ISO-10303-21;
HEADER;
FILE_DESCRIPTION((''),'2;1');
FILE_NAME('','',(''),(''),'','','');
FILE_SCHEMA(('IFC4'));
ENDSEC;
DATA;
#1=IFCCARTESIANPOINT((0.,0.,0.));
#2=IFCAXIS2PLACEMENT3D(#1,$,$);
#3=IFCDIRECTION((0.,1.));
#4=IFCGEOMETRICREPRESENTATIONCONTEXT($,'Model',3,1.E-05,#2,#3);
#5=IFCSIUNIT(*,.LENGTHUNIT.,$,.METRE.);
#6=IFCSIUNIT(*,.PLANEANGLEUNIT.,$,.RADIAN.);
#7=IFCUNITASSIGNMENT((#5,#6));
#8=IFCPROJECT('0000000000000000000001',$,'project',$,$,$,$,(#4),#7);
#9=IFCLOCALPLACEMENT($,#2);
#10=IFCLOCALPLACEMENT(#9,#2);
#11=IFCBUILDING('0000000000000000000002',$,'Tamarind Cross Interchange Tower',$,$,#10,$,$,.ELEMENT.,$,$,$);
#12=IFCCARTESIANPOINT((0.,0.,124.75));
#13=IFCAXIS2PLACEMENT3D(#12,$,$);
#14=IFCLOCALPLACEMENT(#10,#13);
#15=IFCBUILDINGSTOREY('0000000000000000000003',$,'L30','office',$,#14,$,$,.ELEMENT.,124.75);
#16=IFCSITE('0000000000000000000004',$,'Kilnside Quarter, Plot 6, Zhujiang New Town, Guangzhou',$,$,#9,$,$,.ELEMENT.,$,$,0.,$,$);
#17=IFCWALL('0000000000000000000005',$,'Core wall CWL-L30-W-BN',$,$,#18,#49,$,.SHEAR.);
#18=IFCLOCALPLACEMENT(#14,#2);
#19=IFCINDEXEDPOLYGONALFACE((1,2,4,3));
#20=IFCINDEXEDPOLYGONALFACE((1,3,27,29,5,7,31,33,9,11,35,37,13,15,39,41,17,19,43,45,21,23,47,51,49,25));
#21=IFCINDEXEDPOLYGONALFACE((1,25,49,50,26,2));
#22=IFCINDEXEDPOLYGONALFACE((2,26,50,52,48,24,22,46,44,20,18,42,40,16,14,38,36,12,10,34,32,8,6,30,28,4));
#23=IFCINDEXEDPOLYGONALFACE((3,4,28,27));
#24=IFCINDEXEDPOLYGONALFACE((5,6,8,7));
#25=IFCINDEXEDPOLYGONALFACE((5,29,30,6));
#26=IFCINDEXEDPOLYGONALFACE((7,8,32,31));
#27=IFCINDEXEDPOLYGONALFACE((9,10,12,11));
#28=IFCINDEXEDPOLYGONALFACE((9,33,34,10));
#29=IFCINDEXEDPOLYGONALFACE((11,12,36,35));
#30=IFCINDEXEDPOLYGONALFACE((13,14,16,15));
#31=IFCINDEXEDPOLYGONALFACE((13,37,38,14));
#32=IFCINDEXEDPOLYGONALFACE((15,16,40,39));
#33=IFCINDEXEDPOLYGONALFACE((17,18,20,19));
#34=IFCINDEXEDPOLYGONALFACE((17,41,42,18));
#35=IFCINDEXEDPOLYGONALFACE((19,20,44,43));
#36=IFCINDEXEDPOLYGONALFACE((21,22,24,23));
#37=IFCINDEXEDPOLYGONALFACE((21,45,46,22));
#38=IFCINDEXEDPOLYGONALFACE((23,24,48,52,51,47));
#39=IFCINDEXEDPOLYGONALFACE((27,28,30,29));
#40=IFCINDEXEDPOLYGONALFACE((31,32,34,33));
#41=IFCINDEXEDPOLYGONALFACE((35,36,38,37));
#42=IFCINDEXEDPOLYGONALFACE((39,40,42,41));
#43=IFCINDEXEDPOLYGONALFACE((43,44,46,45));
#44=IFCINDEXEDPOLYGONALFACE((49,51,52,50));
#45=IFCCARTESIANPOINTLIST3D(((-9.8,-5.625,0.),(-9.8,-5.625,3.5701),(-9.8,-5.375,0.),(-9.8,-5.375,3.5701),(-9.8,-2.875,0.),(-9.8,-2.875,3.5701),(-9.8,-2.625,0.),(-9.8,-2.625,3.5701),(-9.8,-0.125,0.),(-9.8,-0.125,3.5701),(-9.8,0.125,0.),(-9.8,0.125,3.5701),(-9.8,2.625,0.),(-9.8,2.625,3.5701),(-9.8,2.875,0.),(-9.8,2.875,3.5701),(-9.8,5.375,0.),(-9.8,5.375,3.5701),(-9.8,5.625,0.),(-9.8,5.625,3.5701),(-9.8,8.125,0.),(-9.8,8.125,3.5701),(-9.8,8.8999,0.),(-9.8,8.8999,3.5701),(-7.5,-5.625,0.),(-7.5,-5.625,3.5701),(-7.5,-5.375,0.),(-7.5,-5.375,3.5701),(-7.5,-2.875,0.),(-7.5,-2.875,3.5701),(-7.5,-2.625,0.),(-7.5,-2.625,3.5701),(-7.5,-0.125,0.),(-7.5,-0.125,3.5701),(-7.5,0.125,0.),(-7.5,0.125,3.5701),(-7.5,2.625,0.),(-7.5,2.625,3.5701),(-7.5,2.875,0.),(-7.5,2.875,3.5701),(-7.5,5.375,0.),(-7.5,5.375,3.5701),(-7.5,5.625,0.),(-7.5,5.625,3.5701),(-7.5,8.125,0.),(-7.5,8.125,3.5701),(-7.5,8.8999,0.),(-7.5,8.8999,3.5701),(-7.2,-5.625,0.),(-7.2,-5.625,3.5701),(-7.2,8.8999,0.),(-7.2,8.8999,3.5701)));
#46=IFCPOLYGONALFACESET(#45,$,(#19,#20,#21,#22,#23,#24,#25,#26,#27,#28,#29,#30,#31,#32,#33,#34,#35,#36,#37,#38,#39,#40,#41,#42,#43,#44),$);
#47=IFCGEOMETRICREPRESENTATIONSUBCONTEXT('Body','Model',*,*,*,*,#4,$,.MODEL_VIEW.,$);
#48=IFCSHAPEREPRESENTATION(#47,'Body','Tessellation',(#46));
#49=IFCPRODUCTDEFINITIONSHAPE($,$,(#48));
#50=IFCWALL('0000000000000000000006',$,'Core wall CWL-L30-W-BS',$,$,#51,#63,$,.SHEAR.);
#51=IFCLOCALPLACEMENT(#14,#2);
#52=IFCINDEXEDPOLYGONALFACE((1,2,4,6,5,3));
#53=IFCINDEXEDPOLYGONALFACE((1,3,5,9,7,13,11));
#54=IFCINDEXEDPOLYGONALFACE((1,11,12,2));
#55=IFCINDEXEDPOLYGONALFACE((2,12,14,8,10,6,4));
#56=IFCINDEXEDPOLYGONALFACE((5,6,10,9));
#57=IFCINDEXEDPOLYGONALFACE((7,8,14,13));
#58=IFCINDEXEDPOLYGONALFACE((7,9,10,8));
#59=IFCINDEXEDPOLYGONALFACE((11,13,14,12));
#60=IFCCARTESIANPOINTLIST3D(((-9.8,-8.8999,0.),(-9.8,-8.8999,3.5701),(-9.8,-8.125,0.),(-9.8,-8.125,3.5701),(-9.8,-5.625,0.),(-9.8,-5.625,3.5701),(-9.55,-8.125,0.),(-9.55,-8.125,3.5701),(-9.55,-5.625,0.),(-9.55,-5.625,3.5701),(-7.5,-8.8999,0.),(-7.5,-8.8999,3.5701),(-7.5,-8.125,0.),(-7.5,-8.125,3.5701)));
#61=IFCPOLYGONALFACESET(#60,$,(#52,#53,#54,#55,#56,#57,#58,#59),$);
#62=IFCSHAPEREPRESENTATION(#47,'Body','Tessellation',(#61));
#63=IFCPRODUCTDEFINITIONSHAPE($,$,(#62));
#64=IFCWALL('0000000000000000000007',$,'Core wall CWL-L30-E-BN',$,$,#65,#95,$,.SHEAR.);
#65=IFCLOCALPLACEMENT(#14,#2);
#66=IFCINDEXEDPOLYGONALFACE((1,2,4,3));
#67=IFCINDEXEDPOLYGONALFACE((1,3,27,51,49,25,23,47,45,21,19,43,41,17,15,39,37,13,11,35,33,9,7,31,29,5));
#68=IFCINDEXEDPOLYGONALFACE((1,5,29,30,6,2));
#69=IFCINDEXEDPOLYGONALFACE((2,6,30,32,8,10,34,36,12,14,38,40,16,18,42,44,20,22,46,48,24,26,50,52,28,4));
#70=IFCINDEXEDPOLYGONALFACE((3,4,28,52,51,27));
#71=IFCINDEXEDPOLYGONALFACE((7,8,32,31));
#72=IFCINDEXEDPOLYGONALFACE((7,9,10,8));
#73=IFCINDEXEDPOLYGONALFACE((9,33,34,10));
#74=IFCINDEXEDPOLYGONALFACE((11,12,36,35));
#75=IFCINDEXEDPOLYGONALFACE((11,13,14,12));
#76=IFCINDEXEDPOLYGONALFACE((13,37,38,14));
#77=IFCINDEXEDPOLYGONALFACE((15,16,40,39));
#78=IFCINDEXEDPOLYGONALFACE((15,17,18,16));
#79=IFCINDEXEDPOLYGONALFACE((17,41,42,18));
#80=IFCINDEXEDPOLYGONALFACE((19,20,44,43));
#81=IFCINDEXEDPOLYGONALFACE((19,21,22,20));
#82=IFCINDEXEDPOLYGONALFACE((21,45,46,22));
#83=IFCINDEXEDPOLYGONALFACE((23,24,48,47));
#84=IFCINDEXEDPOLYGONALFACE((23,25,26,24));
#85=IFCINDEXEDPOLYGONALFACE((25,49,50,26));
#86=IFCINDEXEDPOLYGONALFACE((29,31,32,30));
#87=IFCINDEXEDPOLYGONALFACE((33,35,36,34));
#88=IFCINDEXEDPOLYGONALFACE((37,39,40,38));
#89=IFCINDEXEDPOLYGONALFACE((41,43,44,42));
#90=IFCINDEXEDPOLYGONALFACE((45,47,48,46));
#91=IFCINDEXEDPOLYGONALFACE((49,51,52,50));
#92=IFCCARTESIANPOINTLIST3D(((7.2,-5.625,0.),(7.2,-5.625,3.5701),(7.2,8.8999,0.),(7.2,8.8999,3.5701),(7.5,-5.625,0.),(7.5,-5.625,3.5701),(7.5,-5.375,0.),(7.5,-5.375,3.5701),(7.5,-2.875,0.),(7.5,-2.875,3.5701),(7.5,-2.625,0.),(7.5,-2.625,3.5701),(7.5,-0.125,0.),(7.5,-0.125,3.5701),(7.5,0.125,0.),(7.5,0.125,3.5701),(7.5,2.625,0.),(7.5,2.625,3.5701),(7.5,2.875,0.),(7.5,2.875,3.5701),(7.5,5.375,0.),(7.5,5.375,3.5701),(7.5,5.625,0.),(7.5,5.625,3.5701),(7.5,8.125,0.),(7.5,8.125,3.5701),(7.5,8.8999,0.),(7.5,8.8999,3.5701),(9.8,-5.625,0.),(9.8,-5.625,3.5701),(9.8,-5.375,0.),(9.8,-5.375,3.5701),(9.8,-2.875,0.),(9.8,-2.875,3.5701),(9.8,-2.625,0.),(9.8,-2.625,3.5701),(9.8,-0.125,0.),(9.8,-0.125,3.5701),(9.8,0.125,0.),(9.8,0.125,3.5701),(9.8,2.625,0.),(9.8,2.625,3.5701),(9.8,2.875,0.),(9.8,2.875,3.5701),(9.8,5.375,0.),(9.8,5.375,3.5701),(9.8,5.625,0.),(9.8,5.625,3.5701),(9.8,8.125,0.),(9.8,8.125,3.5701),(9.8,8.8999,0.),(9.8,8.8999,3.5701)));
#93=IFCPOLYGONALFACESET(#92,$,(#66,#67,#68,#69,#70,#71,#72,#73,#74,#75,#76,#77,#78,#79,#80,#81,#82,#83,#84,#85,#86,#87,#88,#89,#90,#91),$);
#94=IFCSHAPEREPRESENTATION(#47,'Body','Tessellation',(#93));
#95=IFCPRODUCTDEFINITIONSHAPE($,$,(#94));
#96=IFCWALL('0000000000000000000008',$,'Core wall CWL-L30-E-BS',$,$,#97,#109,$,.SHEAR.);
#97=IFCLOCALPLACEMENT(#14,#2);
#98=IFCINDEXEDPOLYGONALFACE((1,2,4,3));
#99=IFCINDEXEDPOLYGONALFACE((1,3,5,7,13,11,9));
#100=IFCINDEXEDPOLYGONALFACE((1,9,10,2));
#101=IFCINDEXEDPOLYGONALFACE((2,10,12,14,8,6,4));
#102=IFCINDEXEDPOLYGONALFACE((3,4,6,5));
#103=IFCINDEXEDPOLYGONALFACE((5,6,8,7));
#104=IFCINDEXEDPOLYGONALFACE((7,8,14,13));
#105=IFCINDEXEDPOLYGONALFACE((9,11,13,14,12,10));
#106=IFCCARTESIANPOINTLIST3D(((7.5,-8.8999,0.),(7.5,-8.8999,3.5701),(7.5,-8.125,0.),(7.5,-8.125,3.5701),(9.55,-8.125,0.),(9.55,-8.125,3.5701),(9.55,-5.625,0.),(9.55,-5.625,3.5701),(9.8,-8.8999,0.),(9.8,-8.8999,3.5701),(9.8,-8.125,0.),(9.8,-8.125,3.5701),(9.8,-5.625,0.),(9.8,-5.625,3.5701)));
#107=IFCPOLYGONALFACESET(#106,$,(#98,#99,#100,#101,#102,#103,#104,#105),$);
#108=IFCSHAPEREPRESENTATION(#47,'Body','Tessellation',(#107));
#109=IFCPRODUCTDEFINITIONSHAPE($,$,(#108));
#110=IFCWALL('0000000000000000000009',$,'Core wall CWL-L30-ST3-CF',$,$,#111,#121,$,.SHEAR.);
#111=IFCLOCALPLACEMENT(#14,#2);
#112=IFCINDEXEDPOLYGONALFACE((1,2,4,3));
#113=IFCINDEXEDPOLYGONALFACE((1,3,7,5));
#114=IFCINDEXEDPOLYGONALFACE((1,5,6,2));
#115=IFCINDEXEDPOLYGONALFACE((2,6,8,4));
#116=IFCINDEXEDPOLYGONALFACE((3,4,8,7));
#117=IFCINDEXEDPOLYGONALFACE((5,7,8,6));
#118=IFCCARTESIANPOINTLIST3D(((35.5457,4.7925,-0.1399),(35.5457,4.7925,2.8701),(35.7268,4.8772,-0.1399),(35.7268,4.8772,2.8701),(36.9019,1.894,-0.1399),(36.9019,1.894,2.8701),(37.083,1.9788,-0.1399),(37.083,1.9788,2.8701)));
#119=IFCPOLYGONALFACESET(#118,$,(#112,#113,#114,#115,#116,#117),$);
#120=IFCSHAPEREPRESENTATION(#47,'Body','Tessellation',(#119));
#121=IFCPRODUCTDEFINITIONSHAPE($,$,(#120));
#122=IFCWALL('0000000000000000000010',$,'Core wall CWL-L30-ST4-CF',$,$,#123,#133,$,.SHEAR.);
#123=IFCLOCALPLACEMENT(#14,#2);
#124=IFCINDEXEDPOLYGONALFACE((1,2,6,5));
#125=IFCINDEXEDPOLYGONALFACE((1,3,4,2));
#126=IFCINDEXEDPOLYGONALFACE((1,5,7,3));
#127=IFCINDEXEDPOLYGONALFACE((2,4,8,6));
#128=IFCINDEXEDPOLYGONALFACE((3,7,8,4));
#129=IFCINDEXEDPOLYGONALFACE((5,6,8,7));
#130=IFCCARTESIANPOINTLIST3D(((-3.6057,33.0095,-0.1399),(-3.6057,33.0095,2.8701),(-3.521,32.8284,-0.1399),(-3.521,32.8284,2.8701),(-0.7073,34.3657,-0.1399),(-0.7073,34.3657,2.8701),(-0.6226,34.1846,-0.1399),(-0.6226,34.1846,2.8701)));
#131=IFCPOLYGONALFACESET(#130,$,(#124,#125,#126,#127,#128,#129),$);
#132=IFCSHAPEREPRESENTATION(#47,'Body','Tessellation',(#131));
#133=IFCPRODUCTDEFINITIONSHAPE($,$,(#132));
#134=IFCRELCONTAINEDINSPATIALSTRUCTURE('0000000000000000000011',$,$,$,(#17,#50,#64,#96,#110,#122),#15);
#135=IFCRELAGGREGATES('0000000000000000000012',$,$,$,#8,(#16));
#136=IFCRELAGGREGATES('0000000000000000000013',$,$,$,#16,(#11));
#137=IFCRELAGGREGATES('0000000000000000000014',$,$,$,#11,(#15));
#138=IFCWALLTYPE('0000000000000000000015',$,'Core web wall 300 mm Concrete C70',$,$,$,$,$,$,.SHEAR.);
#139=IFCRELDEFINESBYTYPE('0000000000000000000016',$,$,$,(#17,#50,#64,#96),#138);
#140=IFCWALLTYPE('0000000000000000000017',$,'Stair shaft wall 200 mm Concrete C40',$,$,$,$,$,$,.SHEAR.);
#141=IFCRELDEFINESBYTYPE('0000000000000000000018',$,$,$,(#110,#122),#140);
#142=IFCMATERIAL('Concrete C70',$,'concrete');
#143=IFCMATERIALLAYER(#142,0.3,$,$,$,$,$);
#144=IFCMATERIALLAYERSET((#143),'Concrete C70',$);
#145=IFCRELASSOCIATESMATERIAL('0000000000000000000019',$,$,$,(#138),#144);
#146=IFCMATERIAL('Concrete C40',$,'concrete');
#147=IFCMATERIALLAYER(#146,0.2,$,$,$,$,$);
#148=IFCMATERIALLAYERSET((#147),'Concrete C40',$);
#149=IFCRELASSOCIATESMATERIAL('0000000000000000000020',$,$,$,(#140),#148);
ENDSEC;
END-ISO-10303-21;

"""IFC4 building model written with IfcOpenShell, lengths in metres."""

from ifc_helpers import new_model, si_unit, direction, frame, origin, place, context, subcontext, project, spatial, polyline, outline, extrude, material, layer, layer_set, type_object, element, save


model = new_model("IFC4")

# Units and contexts
model_context = context("Model", 3, precision=1e-05, world=origin(), true_north=direction((0.0, 1.0)))
body_context = subcontext(model_context, "Body", "Model", "MODEL_VIEW")
ifc_project = project(units=[si_unit("LENGTHUNIT", "METRE"), si_unit("PLANEANGLEUNIT", "RADIAN")], contexts=[model_context])

# Site, building, storey
site_placement = place(None, origin())
site = spatial("IfcSite", under=ifc_project, at=site_placement, Name="Kilnside Quarter, Plot 6, Zhujiang New Town, Guangzhou", CompositionType="ELEMENT", RefElevation=0.0)
building_placement = place(site_placement, origin())
building = spatial("IfcBuilding", under=site, at=building_placement, Name="Tamarind Cross Interchange Tower", CompositionType="ELEMENT")
storey_placement = place(building_placement, frame((0.0, 0.0, 124.75)))
storey = spatial("IfcBuildingStorey", under=building, at=storey_placement, Name="L30", Description="office", CompositionType="ELEMENT", Elevation=124.75)

# Shared definitions
ifc_material_1 = material(Name="Concrete C40", Category="concrete")

# Walls
ifc_material_2 = material(Name="Concrete C70", Category="concrete")
ifc_layer_1 = layer(ifc_material_2, 0.3)
ifc_layer_set_1 = layer_set([ifc_layer_1], Name="Concrete C70")
wall_type_1 = type_object("IfcWallType", Name="Core web wall 300 mm Concrete C70", PredefinedType="SHEAR", material=ifc_layer_set_1)
wall_1_placement = place(storey_placement, origin())
element("IfcWall", 1, at=wall_1_placement, inside=storey, type_object=wall_type_1, Name="Core wall CWL-L30-W-BN", PredefinedType="SHEAR", context=body_context, shape_type="SweptSolid", body=[
    extrude(outline(polyline([(-9.8, -5.375), (-9.8, -5.625), (-7.5, -5.625), (-7.2, -5.625), (-7.2, 8.8999), (-7.5, 8.8999), (-9.8, 8.8999), (-9.8, 8.125), (-7.5, 8.125), (-7.5, 5.625), (-9.8, 5.625), (-9.8, 5.375), (-7.5, 5.375), (-7.5, 2.875), (-9.8, 2.875), (-9.8, 2.625), (-7.5, 2.625), (-7.5, 0.125), (-9.8, 0.125), (-9.8, -0.125), (-7.5, -0.125), (-7.5, -2.625), (-9.8, -2.625), (-9.8, -2.875), (-7.5, -2.875), (-7.5, -5.375), (-9.8, -5.375)])), origin(), (0.0, 0.0, 1.0), 3.5701),
])
wall_2_placement = place(storey_placement, origin())
element("IfcWall", 2, at=wall_2_placement, inside=storey, type_object=wall_type_1, Name="Core wall CWL-L30-W-BS", PredefinedType="SHEAR", context=body_context, shape_type="SweptSolid", body=[
    extrude(outline(polyline([(-7.5, -8.125), (-9.55, -8.125), (-9.55, -5.625), (-9.8, -5.625), (-9.8, -8.125), (-9.8, -8.8999), (-7.5, -8.8999), (-7.5, -8.125)])), origin(), (0.0, 0.0, 1.0), 3.5701),
])
wall_3_placement = place(storey_placement, origin())
element("IfcWall", 3, at=wall_3_placement, inside=storey, type_object=wall_type_1, Name="Core wall CWL-L30-E-BN", PredefinedType="SHEAR", context=body_context, shape_type="SweptSolid", body=[
    extrude(outline(polyline([(9.8, -5.375), (7.5, -5.375), (7.5, -2.875), (9.8, -2.875), (9.8, -2.625), (7.5, -2.625), (7.5, -0.125), (9.8, -0.125), (9.8, 0.125), (7.5, 0.125), (7.5, 2.625), (9.8, 2.625), (9.8, 2.875), (7.5, 2.875), (7.5, 5.375), (9.8, 5.375), (9.8, 5.625), (7.5, 5.625), (7.5, 8.125), (9.8, 8.125), (9.8, 8.8999), (7.5, 8.8999), (7.2, 8.8999), (7.2, -5.625), (7.5, -5.625), (9.8, -5.625), (9.8, -5.375)])), origin(), (0.0, 0.0, 1.0), 3.5701),
])
wall_4_placement = place(storey_placement, origin())
element("IfcWall", 4, at=wall_4_placement, inside=storey, type_object=wall_type_1, Name="Core wall CWL-L30-E-BS", PredefinedType="SHEAR", context=body_context, shape_type="SweptSolid", body=[
    extrude(outline(polyline([(7.5, -8.125), (7.5, -8.8999), (9.8, -8.8999), (9.8, -8.125), (9.8, -5.625), (9.55, -5.625), (9.55, -8.125), (7.5, -8.125)])), origin(), (0.0, 0.0, 1.0), 3.5701),
])
ifc_layer_2 = layer(ifc_material_1, 0.2)
ifc_layer_set_2 = layer_set([ifc_layer_2], Name="Concrete C40")
wall_type_2 = type_object("IfcWallType", Name="Stair shaft wall 200 mm Concrete C40", PredefinedType="SHEAR", material=ifc_layer_set_2)
wall_5_placement = place(storey_placement, frame((0.0, 0.0, -0.1399)))
element("IfcWall", 5, at=wall_5_placement, inside=storey, type_object=wall_type_2, Name="Core wall CWL-L30-ST3-CF", PredefinedType="SHEAR", context=body_context, shape_type="SweptSolid", body=[
    extrude(outline(polyline([(36.9019, 1.894), (37.083, 1.9788), (35.7268, 4.8772), (35.5457, 4.7925), (36.9019, 1.894)])), origin(), (0.0, 0.0, 1.0), 3.01),
])
wall_6_placement = place(storey_placement, frame((0.0, 0.0, -0.1399)))
element("IfcWall", 6, at=wall_6_placement, inside=storey, type_object=wall_type_2, Name="Core wall CWL-L30-ST4-CF", PredefinedType="SHEAR", context=body_context, shape_type="SweptSolid", body=[
    extrude(outline(polyline([(-0.6226, 34.1846), (-0.7073, 34.3657), (-3.6057, 33.0095), (-3.521, 32.8284), (-0.6226, 34.1846)])), origin(), (0.0, 0.0, 1.0), 3.01),
])

save(model, "model.ifc")
